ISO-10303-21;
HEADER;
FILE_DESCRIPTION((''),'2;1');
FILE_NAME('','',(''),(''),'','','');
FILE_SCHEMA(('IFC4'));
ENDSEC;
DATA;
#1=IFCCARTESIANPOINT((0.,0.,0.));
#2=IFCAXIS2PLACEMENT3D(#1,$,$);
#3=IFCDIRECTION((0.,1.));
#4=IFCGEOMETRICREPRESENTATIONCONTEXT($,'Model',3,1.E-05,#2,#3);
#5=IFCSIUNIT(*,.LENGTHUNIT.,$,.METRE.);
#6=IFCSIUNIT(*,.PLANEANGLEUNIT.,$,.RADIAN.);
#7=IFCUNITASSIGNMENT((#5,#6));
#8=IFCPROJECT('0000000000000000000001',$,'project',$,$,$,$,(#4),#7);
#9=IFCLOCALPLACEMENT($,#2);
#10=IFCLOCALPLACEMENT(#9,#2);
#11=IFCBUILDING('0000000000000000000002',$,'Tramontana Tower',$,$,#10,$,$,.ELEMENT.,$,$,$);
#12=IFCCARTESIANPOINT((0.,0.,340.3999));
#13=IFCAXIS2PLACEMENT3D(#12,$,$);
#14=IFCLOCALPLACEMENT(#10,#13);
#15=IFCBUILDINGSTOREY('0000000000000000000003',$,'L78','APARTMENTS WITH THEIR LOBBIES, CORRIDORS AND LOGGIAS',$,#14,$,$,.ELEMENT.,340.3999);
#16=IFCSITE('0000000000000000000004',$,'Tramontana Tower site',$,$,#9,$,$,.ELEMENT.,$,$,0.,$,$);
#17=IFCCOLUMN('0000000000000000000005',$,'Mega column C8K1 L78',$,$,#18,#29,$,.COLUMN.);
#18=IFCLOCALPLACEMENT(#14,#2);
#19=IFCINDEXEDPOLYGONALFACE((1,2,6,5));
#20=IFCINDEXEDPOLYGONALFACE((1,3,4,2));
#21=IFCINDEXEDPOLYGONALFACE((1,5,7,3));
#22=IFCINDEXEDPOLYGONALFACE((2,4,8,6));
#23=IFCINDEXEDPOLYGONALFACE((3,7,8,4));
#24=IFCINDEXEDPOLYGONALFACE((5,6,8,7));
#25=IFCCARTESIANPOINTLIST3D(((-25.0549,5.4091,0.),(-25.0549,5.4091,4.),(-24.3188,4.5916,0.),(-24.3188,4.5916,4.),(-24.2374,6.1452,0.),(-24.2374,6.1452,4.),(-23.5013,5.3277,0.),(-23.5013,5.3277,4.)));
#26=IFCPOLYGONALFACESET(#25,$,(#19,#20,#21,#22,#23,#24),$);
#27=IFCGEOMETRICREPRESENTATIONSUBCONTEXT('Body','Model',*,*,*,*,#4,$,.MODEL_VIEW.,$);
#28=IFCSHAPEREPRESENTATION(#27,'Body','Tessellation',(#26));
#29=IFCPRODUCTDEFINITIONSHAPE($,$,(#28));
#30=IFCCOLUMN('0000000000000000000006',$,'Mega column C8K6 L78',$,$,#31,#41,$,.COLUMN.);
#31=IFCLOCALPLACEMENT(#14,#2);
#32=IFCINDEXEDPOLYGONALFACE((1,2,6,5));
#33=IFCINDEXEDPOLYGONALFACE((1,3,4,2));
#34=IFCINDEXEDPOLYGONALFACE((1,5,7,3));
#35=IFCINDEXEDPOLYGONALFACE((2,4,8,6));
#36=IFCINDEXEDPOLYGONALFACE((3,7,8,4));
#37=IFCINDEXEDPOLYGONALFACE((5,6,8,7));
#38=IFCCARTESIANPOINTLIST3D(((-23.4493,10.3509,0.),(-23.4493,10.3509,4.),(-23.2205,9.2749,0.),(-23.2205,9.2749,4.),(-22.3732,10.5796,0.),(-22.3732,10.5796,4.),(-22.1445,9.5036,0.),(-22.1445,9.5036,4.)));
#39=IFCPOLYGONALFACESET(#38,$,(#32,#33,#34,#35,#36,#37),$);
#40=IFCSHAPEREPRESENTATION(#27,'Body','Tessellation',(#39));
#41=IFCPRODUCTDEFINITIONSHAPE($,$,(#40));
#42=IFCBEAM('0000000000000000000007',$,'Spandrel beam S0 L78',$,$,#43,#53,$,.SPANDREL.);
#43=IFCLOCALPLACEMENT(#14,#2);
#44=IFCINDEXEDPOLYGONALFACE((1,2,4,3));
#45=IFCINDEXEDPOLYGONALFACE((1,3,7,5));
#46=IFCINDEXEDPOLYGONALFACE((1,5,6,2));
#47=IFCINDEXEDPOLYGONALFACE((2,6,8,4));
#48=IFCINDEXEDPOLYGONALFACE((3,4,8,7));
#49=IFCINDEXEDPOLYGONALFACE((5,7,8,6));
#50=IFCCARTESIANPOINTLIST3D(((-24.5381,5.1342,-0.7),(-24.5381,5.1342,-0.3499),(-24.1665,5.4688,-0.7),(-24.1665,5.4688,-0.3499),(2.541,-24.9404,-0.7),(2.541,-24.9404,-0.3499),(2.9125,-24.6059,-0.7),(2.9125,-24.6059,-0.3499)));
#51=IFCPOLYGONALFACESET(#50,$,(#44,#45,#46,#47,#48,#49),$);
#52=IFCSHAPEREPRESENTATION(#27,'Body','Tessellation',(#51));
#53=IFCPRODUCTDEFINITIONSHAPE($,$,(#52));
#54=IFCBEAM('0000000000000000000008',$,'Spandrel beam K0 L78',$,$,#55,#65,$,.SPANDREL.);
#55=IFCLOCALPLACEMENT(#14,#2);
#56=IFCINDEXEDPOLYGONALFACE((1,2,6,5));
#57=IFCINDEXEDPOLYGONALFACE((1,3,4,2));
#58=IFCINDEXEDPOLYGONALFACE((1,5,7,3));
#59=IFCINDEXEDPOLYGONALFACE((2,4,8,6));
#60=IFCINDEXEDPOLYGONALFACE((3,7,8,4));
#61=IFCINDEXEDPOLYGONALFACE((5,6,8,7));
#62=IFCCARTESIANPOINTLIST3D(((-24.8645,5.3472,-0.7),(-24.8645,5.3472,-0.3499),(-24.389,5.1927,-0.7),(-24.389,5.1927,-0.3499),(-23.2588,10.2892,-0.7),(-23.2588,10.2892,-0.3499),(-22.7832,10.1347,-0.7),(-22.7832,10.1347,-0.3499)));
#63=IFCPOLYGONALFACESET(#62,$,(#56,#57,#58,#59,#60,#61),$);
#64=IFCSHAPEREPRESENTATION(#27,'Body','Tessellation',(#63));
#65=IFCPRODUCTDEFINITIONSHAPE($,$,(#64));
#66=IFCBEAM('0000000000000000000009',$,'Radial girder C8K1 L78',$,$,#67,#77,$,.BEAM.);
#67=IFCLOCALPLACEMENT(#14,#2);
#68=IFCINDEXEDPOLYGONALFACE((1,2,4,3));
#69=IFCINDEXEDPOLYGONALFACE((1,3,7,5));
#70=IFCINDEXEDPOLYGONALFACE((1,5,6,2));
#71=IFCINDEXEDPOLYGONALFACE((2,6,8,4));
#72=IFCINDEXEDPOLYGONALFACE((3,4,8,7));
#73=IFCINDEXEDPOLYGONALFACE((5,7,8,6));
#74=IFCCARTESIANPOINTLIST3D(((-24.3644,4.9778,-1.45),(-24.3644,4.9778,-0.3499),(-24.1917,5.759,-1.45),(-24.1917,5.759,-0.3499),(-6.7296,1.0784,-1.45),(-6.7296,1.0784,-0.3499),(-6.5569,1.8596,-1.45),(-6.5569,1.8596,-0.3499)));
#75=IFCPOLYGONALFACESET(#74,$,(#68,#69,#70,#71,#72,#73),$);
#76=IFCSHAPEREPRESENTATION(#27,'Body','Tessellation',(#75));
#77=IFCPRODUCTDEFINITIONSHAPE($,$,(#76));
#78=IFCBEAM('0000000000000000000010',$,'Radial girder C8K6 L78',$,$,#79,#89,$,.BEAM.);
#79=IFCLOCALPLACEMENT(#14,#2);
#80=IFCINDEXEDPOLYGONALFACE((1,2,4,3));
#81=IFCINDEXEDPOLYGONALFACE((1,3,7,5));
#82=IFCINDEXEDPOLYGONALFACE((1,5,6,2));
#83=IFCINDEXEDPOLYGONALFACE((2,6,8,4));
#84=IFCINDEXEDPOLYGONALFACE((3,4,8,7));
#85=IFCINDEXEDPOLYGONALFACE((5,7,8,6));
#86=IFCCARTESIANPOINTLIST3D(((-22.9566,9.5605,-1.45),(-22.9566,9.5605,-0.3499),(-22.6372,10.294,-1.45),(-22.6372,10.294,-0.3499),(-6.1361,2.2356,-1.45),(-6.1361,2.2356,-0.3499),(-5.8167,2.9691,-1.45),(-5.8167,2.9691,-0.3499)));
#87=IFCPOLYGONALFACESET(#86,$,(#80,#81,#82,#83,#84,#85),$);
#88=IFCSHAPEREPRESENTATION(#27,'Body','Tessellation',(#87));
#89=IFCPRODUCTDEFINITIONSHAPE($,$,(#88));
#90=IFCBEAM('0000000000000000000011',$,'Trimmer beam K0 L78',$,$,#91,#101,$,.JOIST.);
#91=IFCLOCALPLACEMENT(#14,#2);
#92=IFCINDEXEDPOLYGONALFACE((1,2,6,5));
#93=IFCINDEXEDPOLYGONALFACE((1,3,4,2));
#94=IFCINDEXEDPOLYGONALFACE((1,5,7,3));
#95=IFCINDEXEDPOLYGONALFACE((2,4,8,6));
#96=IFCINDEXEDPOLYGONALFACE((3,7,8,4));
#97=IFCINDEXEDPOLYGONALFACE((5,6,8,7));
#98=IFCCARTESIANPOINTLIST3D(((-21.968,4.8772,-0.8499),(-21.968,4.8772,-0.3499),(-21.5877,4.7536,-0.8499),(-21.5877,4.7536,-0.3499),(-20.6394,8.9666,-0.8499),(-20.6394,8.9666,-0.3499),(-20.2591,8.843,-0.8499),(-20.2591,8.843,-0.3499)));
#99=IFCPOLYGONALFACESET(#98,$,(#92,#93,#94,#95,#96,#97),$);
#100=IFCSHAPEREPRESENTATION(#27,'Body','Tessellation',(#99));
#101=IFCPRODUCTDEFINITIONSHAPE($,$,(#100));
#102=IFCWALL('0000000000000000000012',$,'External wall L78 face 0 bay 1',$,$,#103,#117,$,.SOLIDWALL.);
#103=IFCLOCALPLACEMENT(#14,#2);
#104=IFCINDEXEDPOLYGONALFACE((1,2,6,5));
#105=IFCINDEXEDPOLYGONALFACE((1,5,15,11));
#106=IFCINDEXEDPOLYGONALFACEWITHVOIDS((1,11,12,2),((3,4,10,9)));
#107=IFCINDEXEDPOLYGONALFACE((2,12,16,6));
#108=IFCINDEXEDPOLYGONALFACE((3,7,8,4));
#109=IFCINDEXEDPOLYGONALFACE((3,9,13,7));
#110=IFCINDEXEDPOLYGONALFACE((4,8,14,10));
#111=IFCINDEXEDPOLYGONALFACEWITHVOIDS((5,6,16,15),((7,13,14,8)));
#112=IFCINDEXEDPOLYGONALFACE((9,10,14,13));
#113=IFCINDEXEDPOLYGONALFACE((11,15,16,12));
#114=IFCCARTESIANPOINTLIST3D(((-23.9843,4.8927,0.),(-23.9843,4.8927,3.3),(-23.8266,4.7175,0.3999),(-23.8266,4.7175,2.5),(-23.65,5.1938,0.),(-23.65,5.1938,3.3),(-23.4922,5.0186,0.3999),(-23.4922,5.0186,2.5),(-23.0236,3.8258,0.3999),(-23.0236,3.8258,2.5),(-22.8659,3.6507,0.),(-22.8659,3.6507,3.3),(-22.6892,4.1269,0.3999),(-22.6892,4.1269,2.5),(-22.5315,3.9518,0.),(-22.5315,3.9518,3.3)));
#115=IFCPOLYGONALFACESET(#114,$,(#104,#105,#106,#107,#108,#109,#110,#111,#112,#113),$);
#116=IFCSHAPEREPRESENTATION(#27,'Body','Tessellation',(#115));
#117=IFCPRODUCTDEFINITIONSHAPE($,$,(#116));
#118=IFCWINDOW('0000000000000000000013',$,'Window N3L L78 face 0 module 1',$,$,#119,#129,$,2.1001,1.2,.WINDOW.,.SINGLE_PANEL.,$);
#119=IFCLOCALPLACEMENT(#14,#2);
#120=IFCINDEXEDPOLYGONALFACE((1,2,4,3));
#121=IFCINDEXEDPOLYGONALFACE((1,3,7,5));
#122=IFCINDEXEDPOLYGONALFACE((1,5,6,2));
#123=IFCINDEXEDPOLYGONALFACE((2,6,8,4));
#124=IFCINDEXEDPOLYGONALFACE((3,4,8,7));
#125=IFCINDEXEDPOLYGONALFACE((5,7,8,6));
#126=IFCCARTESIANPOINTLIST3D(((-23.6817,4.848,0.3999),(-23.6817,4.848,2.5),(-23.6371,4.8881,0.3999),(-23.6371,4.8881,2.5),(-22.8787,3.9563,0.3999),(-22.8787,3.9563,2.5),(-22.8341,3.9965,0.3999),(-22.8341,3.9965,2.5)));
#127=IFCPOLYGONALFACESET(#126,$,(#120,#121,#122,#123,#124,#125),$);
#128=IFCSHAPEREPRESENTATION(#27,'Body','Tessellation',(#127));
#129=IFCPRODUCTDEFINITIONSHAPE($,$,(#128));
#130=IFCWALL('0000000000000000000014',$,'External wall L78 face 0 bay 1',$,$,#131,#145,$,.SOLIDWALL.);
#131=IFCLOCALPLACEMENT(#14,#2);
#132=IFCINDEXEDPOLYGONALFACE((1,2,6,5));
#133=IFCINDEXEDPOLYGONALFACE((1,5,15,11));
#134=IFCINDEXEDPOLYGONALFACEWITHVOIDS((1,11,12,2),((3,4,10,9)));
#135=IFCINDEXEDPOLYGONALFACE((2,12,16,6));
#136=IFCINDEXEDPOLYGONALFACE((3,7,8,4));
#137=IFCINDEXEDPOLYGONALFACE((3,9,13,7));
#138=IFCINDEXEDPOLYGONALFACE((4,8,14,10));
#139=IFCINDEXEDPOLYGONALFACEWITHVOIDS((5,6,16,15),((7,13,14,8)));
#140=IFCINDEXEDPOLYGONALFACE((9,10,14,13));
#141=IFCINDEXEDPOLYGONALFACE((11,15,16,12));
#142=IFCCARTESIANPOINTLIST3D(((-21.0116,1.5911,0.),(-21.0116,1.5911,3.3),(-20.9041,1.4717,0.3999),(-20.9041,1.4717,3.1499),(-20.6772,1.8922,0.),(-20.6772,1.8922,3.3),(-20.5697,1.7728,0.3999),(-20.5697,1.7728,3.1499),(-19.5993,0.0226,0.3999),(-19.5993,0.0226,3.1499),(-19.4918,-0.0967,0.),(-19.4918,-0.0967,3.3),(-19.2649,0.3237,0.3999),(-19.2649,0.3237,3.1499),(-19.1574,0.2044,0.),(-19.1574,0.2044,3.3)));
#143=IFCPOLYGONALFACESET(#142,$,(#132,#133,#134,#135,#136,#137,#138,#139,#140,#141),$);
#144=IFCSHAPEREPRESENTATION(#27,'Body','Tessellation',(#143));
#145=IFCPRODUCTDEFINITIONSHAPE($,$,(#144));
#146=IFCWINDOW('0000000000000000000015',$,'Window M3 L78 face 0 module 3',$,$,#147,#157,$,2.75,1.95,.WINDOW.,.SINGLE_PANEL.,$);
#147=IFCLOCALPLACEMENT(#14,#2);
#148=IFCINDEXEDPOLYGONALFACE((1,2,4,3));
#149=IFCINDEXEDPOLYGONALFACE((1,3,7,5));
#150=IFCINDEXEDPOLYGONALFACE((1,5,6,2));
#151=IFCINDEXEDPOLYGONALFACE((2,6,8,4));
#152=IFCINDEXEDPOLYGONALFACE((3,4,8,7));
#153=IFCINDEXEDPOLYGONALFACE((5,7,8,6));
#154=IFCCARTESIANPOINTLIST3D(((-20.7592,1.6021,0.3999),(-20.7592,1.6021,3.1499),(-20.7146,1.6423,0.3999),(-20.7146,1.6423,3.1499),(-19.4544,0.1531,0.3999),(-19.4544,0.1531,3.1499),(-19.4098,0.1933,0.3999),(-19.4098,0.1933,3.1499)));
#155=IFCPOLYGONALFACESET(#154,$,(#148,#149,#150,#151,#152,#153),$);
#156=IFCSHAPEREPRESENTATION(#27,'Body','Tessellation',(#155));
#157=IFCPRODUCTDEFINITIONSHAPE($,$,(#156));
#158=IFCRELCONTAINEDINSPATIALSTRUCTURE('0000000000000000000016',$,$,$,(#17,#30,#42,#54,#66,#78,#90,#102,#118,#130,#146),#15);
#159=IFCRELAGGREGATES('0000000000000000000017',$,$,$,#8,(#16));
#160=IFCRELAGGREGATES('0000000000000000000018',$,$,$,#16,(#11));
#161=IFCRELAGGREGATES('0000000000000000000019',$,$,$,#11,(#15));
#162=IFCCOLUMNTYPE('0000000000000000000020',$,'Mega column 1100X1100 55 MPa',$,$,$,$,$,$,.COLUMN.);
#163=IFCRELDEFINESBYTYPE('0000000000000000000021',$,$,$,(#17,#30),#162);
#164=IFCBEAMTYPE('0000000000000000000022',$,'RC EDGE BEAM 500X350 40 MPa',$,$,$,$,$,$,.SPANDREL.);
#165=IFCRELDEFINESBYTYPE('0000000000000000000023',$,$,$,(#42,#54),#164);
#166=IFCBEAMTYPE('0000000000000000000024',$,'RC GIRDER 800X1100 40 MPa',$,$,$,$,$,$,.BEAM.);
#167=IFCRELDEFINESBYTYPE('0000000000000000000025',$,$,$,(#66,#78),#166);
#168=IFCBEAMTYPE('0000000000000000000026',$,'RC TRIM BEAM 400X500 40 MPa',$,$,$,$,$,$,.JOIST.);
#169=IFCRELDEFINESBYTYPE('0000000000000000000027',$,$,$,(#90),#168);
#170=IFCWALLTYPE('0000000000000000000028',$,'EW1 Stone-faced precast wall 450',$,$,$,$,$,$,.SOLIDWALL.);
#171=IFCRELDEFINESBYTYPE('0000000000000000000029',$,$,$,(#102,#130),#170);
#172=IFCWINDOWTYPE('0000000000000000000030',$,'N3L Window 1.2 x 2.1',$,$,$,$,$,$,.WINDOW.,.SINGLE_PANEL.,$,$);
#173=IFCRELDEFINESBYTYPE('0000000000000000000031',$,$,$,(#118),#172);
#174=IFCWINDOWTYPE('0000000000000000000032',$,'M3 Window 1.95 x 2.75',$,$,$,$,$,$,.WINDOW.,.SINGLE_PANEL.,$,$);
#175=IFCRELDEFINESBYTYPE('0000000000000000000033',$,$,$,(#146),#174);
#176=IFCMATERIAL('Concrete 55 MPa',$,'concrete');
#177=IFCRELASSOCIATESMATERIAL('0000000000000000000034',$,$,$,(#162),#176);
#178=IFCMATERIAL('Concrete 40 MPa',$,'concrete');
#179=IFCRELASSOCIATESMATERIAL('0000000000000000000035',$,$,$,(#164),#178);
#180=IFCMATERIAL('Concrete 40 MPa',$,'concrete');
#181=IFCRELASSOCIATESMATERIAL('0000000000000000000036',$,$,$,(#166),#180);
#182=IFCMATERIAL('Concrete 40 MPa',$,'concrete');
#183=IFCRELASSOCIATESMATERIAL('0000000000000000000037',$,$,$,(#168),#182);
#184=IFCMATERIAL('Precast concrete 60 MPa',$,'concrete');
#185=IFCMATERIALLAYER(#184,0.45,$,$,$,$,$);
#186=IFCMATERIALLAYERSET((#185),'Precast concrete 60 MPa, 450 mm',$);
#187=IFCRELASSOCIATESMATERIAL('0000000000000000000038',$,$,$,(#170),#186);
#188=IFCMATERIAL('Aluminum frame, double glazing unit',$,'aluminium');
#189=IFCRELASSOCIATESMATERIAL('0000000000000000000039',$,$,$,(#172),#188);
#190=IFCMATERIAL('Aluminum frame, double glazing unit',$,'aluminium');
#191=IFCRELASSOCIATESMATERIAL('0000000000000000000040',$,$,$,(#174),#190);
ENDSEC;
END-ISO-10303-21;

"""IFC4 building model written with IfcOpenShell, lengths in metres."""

from ifc_helpers import new_model, si_unit, direction, frame, frame_2d, origin, origin_2d, place, context, subcontext, project, spatial, rectangle, extrude, material, layer, layer_set, material_profile, profile_set, type_object, element, fill, save


model = new_model("IFC4")

# Units and contexts
model_context = context("Model", 3, precision=1e-05, world=origin(), true_north=direction((0.0, 1.0)))
body_context = subcontext(model_context, "Body", "Model", "MODEL_VIEW")
ifc_project = project(units=[si_unit("LENGTHUNIT", "METRE"), si_unit("PLANEANGLEUNIT", "RADIAN")], contexts=[model_context])

# Site, building, storey
site_placement = place(None, origin())
site = spatial("IfcSite", under=ifc_project, at=site_placement, Name="Tramontana Tower site", CompositionType="ELEMENT", RefElevation=0.0)
building_placement = place(site_placement, origin())
building = spatial("IfcBuilding", under=site, at=building_placement, Name="Tramontana Tower", CompositionType="ELEMENT")
storey_placement = place(building_placement, frame((0.0, 0.0, 340.3999)))
storey = spatial("IfcBuildingStorey", under=building, at=storey_placement, Name="L78", Description="APARTMENTS WITH THEIR LOBBIES, CORRIDORS AND LOGGIAS", CompositionType="ELEMENT", Elevation=340.3999)

# Columns
ifc_material_1 = material(Name="Concrete 55 MPa", Category="concrete")
ifc_material_profile_1 = material_profile(ifc_material_1, rectangle(XDim=1.1001, YDim=1.1001, at=origin_2d()), Name="Mega column 1100X1100 55 MPa")
ifc_profile_set_1 = profile_set([ifc_material_profile_1], Name="Concrete 55 MPa")
column_type = type_object("IfcColumnType", Name="Mega column 1100X1100 55 MPa", PredefinedType="COLUMN", material=ifc_profile_set_1)
for number, where, z_axis, x_axis, name in (
    (1, (-24.2781, 5.3684, 0.0), (0.0, 0.0, 1.0), (0.669131, -0.743145, 0.0), "Mega column C8K1 L78"),
    (2, (-22.7969, 9.9272, 0.0), (0.0, 0.0, 1.0), (-0.978148, -0.207912, 0.0), "Mega column C8K6 L78"),
):
    element("IfcColumn", number, at=place(storey_placement, frame(where, z_axis=z_axis, x_axis=x_axis)), inside=storey, type_object=column_type, Name=name, PredefinedType="COLUMN", context=body_context, shape_type="SweptSolid", body=[
        extrude(rectangle(XDim=1.1001, YDim=1.1001, at=origin_2d()), origin(), (0.0, 0.0, 1.0), 4.0),
    ])

# Beams
ifc_material_2 = material(Name="Concrete 40 MPa", Category="concrete")
ifc_material_profile_2 = material_profile(ifc_material_2, rectangle(XDim=0.5, YDim=0.3501, at=origin_2d()), Name="RC EDGE BEAM 500X350 40 MPa")
ifc_profile_set_2 = profile_set([ifc_material_profile_2], Name="Concrete 40 MPa")
beam_type_1 = type_object("IfcBeamType", Name="RC EDGE BEAM 500X350 40 MPa", PredefinedType="SPANDREL", material=ifc_profile_set_2)
beam_1_placement = place(storey_placement, frame((-24.3523, 5.3015, -0.5249), z_axis=(0.669127, -0.743148, 0.0), x_axis=(0.743148, 0.669127, 0.0)))
element("IfcBeam", 3, at=beam_1_placement, inside=storey, type_object=beam_type_1, Name="Spandrel beam S0 L78", PredefinedType="SPANDREL", context=body_context, shape_type="SweptSolid", body=[
    extrude(rectangle(XDim=0.5, YDim=0.3501, at=origin_2d()), origin(), (0.0, 0.0, 1.0), 40.4692),
])
beam_2_placement = place(storey_placement, frame((-23.021, 10.2119, -0.5249), z_axis=(-0.309016, -0.951057, 0.0), x_axis=(0.951057, -0.309016, 0.0)))
element("IfcBeam", 4, at=beam_2_placement, inside=storey, type_object=beam_type_1, Name="Spandrel beam K0 L78", PredefinedType="SPANDREL", context=body_context, shape_type="SweptSolid", body=[
    extrude(rectangle(XDim=0.5, YDim=0.3501, at=origin_2d()), origin(), (0.0, 0.0, 1.0), 5.1963),
])
ifc_material_3 = material(Name="Concrete 40 MPa", Category="concrete")
ifc_material_profile_3 = material_profile(ifc_material_3, rectangle(XDim=0.8, YDim=1.1001, at=origin_2d()), Name="RC GIRDER 800X1100 40 MPa")
ifc_profile_set_3 = profile_set([ifc_material_profile_3], Name="Concrete 40 MPa")
beam_type_2 = type_object("IfcBeamType", Name="RC GIRDER 800X1100 40 MPa", PredefinedType="BEAM", material=ifc_profile_set_3)
beam_3_placement = place(storey_placement, frame((-24.2781, 5.3684, -0.8999), z_axis=(0.976414, -0.215906, 0.0), x_axis=(0.215906, 0.976414, 0.0)))
element("IfcBeam", 5, at=beam_3_placement, inside=storey, type_object=beam_type_2, Name="Radial girder C8K1 L78", PredefinedType="BEAM", context=body_context, shape_type="SweptSolid", body=[
    extrude(rectangle(XDim=0.8, YDim=1.1001, at=origin_2d()), origin(), (0.0, 0.0, 1.0), 18.0608),
])
beam_4_placement = place(storey_placement, frame((-22.7969, 9.9272, -0.8999), z_axis=(0.916837, -0.399261, 0.0), x_axis=(0.399261, 0.916837, 0.0)))
element("IfcBeam", 6, at=beam_4_placement, inside=storey, type_object=beam_type_2, Name="Radial girder C8K6 L78", PredefinedType="BEAM", context=body_context, shape_type="SweptSolid", body=[
    extrude(rectangle(XDim=0.8, YDim=1.1001, at=origin_2d()), origin(), (0.0, 0.0, 1.0), 18.3462),
])
ifc_material_4 = material(Name="Concrete 40 MPa", Category="concrete")
ifc_material_profile_4 = material_profile(ifc_material_4, rectangle(XDim=0.3999, YDim=0.5, at=origin_2d()), Name="RC TRIM BEAM 400X500 40 MPa")
ifc_profile_set_4 = profile_set([ifc_material_profile_4], Name="Concrete 40 MPa")
beam_type_3 = type_object("IfcBeamType", Name="RC TRIM BEAM 400X500 40 MPa", PredefinedType="JOIST", material=ifc_profile_set_4)
beam_5_placement = place(storey_placement, frame((-20.4492, 8.9048, -0.5999), z_axis=(-0.308996, -0.951063, 0.0), x_axis=(0.951063, -0.308996, 0.0)))
element("IfcBeam", 7, at=beam_5_placement, inside=storey, type_object=beam_type_3, Name="Trimmer beam K0 L78", PredefinedType="JOIST", context=body_context, shape_type="SweptSolid", body=[
    extrude(rectangle(XDim=0.3999, YDim=0.5, at=origin_2d()), origin(), (0.0, 0.0, 1.0), 4.2998),
])

# Walls, openings, windows
ifc_material_5 = material(Name="Precast concrete 60 MPa", Category="concrete")
ifc_layer_1 = layer(ifc_material_5, 0.45)
ifc_layer_set_1 = layer_set([ifc_layer_1], Name="Precast concrete 60 MPa, 450 mm")
wall_type_1 = type_object("IfcWallType", Name="EW1 Stone-faced precast wall 450", PredefinedType="SOLIDWALL", material=ifc_layer_set_1)
wall_1_placement = place(storey_placement, frame((-23.8171, 5.0432, 0.0), z_axis=(0.0, 0.0, 1.0), x_axis=(0.669183, -0.743098, 0.0)))
wall_1 = element("IfcWall", 8, at=wall_1_placement, inside=storey, type_object=wall_type_1, Name="External wall L78 face 0 bay 1", PredefinedType="SOLIDWALL", context=body_context, shape_type="SweptSolid", body=[
    extrude(rectangle(XDim=1.6714, YDim=0.45, at=frame_2d((0.8357, 0.0))), origin(), (0.0, 0.0, 1.0), 3.3),
])
opening_1_placement = place(wall_1_placement, frame((0.2356, 0.0, 0.3999)))
opening_1 = element("IfcOpeningElement", 9, at=opening_1_placement, cuts=wall_1, PredefinedType="OPENING", context=body_context, shape_type="SweptSolid", body=[
    extrude(rectangle(XDim=1.2, YDim=2.1001, at=frame_2d((0.6001, 1.05))), frame((0.0, 0.2349, 0.0), z_axis=(0.0, -1.0, 0.0), x_axis=(1.0, 0.0, 0.0)), (0.0, 0.0, 1.0), 0.47),
])
ifc_material_6 = material(Name="Aluminum frame, double glazing unit", Category="aluminium")
window_type_1 = type_object("IfcWindowType", Name="N3L Window 1.2 x 2.1", PartitioningType="SINGLE_PANEL", PredefinedType="WINDOW", material=ifc_material_6)
window_1_placement = place(opening_1_placement, origin())
window_1 = element("IfcWindow", 10, at=window_1_placement, inside=storey, type_object=window_type_1, Name="Window N3L L78 face 0 module 1", OverallHeight=2.1001, OverallWidth=1.2, PartitioningType="SINGLE_PANEL", PredefinedType="WINDOW", context=body_context, shape_type="SweptSolid", body=[
    extrude(rectangle(XDim=1.2, YDim=2.1001, at=frame_2d((0.6001, 1.05))), frame((0.0, 0.03, 0.0), z_axis=(0.0, -1.0, 0.0), x_axis=(1.0, 0.0, 0.0)), (0.0, 0.0, 1.0), 0.0601),
])
fill(opening_1, window_1)
wall_2_placement = place(storey_placement, frame((-20.8445, 1.7417, 0.0), z_axis=(0.0, 0.0, 1.0), x_axis=(0.669161, -0.743118, 0.0)))
wall_2 = element("IfcWall", 11, at=wall_2_placement, inside=storey, type_object=wall_type_1, Name="External wall L78 face 0 bay 1", PredefinedType="SOLIDWALL", context=body_context, shape_type="SweptSolid", body=[
    extrude(rectangle(XDim=2.2712, YDim=0.45, at=frame_2d((1.1357, 0.0))), origin(), (0.0, 0.0, 1.0), 3.3),
])
opening_2_placement = place(wall_2_placement, frame((0.1606, 0.0, 0.3999)))
opening_2 = element("IfcOpeningElement", 12, at=opening_2_placement, cuts=wall_2, PredefinedType="OPENING", context=body_context, shape_type="SweptSolid", body=[
    extrude(rectangle(XDim=1.95, YDim=2.75, at=frame_2d((0.9751, 1.375))), frame((0.0, 0.2349, 0.0), z_axis=(0.0, -1.0, 0.0), x_axis=(1.0, 0.0, 0.0)), (0.0, 0.0, 1.0), 0.47),
])
ifc_material_7 = material(Name="Aluminum frame, double glazing unit", Category="aluminium")
window_type_2 = type_object("IfcWindowType", Name="M3 Window 1.95 x 2.75", PartitioningType="SINGLE_PANEL", PredefinedType="WINDOW", material=ifc_material_7)
window_2_placement = place(opening_2_placement, origin())
window_2 = element("IfcWindow", 13, at=window_2_placement, inside=storey, type_object=window_type_2, Name="Window M3 L78 face 0 module 3", OverallHeight=2.75, OverallWidth=1.95, PartitioningType="SINGLE_PANEL", PredefinedType="WINDOW", context=body_context, shape_type="SweptSolid", body=[
    extrude(rectangle(XDim=1.95, YDim=2.75, at=frame_2d((0.9751, 1.375))), frame((0.0, 0.03, 0.0), z_axis=(0.0, -1.0, 0.0), x_axis=(1.0, 0.0, 0.0)), (0.0, 0.0, 1.0), 0.0601),
])
fill(opening_2, window_2)

save(model, "model.ifc")
